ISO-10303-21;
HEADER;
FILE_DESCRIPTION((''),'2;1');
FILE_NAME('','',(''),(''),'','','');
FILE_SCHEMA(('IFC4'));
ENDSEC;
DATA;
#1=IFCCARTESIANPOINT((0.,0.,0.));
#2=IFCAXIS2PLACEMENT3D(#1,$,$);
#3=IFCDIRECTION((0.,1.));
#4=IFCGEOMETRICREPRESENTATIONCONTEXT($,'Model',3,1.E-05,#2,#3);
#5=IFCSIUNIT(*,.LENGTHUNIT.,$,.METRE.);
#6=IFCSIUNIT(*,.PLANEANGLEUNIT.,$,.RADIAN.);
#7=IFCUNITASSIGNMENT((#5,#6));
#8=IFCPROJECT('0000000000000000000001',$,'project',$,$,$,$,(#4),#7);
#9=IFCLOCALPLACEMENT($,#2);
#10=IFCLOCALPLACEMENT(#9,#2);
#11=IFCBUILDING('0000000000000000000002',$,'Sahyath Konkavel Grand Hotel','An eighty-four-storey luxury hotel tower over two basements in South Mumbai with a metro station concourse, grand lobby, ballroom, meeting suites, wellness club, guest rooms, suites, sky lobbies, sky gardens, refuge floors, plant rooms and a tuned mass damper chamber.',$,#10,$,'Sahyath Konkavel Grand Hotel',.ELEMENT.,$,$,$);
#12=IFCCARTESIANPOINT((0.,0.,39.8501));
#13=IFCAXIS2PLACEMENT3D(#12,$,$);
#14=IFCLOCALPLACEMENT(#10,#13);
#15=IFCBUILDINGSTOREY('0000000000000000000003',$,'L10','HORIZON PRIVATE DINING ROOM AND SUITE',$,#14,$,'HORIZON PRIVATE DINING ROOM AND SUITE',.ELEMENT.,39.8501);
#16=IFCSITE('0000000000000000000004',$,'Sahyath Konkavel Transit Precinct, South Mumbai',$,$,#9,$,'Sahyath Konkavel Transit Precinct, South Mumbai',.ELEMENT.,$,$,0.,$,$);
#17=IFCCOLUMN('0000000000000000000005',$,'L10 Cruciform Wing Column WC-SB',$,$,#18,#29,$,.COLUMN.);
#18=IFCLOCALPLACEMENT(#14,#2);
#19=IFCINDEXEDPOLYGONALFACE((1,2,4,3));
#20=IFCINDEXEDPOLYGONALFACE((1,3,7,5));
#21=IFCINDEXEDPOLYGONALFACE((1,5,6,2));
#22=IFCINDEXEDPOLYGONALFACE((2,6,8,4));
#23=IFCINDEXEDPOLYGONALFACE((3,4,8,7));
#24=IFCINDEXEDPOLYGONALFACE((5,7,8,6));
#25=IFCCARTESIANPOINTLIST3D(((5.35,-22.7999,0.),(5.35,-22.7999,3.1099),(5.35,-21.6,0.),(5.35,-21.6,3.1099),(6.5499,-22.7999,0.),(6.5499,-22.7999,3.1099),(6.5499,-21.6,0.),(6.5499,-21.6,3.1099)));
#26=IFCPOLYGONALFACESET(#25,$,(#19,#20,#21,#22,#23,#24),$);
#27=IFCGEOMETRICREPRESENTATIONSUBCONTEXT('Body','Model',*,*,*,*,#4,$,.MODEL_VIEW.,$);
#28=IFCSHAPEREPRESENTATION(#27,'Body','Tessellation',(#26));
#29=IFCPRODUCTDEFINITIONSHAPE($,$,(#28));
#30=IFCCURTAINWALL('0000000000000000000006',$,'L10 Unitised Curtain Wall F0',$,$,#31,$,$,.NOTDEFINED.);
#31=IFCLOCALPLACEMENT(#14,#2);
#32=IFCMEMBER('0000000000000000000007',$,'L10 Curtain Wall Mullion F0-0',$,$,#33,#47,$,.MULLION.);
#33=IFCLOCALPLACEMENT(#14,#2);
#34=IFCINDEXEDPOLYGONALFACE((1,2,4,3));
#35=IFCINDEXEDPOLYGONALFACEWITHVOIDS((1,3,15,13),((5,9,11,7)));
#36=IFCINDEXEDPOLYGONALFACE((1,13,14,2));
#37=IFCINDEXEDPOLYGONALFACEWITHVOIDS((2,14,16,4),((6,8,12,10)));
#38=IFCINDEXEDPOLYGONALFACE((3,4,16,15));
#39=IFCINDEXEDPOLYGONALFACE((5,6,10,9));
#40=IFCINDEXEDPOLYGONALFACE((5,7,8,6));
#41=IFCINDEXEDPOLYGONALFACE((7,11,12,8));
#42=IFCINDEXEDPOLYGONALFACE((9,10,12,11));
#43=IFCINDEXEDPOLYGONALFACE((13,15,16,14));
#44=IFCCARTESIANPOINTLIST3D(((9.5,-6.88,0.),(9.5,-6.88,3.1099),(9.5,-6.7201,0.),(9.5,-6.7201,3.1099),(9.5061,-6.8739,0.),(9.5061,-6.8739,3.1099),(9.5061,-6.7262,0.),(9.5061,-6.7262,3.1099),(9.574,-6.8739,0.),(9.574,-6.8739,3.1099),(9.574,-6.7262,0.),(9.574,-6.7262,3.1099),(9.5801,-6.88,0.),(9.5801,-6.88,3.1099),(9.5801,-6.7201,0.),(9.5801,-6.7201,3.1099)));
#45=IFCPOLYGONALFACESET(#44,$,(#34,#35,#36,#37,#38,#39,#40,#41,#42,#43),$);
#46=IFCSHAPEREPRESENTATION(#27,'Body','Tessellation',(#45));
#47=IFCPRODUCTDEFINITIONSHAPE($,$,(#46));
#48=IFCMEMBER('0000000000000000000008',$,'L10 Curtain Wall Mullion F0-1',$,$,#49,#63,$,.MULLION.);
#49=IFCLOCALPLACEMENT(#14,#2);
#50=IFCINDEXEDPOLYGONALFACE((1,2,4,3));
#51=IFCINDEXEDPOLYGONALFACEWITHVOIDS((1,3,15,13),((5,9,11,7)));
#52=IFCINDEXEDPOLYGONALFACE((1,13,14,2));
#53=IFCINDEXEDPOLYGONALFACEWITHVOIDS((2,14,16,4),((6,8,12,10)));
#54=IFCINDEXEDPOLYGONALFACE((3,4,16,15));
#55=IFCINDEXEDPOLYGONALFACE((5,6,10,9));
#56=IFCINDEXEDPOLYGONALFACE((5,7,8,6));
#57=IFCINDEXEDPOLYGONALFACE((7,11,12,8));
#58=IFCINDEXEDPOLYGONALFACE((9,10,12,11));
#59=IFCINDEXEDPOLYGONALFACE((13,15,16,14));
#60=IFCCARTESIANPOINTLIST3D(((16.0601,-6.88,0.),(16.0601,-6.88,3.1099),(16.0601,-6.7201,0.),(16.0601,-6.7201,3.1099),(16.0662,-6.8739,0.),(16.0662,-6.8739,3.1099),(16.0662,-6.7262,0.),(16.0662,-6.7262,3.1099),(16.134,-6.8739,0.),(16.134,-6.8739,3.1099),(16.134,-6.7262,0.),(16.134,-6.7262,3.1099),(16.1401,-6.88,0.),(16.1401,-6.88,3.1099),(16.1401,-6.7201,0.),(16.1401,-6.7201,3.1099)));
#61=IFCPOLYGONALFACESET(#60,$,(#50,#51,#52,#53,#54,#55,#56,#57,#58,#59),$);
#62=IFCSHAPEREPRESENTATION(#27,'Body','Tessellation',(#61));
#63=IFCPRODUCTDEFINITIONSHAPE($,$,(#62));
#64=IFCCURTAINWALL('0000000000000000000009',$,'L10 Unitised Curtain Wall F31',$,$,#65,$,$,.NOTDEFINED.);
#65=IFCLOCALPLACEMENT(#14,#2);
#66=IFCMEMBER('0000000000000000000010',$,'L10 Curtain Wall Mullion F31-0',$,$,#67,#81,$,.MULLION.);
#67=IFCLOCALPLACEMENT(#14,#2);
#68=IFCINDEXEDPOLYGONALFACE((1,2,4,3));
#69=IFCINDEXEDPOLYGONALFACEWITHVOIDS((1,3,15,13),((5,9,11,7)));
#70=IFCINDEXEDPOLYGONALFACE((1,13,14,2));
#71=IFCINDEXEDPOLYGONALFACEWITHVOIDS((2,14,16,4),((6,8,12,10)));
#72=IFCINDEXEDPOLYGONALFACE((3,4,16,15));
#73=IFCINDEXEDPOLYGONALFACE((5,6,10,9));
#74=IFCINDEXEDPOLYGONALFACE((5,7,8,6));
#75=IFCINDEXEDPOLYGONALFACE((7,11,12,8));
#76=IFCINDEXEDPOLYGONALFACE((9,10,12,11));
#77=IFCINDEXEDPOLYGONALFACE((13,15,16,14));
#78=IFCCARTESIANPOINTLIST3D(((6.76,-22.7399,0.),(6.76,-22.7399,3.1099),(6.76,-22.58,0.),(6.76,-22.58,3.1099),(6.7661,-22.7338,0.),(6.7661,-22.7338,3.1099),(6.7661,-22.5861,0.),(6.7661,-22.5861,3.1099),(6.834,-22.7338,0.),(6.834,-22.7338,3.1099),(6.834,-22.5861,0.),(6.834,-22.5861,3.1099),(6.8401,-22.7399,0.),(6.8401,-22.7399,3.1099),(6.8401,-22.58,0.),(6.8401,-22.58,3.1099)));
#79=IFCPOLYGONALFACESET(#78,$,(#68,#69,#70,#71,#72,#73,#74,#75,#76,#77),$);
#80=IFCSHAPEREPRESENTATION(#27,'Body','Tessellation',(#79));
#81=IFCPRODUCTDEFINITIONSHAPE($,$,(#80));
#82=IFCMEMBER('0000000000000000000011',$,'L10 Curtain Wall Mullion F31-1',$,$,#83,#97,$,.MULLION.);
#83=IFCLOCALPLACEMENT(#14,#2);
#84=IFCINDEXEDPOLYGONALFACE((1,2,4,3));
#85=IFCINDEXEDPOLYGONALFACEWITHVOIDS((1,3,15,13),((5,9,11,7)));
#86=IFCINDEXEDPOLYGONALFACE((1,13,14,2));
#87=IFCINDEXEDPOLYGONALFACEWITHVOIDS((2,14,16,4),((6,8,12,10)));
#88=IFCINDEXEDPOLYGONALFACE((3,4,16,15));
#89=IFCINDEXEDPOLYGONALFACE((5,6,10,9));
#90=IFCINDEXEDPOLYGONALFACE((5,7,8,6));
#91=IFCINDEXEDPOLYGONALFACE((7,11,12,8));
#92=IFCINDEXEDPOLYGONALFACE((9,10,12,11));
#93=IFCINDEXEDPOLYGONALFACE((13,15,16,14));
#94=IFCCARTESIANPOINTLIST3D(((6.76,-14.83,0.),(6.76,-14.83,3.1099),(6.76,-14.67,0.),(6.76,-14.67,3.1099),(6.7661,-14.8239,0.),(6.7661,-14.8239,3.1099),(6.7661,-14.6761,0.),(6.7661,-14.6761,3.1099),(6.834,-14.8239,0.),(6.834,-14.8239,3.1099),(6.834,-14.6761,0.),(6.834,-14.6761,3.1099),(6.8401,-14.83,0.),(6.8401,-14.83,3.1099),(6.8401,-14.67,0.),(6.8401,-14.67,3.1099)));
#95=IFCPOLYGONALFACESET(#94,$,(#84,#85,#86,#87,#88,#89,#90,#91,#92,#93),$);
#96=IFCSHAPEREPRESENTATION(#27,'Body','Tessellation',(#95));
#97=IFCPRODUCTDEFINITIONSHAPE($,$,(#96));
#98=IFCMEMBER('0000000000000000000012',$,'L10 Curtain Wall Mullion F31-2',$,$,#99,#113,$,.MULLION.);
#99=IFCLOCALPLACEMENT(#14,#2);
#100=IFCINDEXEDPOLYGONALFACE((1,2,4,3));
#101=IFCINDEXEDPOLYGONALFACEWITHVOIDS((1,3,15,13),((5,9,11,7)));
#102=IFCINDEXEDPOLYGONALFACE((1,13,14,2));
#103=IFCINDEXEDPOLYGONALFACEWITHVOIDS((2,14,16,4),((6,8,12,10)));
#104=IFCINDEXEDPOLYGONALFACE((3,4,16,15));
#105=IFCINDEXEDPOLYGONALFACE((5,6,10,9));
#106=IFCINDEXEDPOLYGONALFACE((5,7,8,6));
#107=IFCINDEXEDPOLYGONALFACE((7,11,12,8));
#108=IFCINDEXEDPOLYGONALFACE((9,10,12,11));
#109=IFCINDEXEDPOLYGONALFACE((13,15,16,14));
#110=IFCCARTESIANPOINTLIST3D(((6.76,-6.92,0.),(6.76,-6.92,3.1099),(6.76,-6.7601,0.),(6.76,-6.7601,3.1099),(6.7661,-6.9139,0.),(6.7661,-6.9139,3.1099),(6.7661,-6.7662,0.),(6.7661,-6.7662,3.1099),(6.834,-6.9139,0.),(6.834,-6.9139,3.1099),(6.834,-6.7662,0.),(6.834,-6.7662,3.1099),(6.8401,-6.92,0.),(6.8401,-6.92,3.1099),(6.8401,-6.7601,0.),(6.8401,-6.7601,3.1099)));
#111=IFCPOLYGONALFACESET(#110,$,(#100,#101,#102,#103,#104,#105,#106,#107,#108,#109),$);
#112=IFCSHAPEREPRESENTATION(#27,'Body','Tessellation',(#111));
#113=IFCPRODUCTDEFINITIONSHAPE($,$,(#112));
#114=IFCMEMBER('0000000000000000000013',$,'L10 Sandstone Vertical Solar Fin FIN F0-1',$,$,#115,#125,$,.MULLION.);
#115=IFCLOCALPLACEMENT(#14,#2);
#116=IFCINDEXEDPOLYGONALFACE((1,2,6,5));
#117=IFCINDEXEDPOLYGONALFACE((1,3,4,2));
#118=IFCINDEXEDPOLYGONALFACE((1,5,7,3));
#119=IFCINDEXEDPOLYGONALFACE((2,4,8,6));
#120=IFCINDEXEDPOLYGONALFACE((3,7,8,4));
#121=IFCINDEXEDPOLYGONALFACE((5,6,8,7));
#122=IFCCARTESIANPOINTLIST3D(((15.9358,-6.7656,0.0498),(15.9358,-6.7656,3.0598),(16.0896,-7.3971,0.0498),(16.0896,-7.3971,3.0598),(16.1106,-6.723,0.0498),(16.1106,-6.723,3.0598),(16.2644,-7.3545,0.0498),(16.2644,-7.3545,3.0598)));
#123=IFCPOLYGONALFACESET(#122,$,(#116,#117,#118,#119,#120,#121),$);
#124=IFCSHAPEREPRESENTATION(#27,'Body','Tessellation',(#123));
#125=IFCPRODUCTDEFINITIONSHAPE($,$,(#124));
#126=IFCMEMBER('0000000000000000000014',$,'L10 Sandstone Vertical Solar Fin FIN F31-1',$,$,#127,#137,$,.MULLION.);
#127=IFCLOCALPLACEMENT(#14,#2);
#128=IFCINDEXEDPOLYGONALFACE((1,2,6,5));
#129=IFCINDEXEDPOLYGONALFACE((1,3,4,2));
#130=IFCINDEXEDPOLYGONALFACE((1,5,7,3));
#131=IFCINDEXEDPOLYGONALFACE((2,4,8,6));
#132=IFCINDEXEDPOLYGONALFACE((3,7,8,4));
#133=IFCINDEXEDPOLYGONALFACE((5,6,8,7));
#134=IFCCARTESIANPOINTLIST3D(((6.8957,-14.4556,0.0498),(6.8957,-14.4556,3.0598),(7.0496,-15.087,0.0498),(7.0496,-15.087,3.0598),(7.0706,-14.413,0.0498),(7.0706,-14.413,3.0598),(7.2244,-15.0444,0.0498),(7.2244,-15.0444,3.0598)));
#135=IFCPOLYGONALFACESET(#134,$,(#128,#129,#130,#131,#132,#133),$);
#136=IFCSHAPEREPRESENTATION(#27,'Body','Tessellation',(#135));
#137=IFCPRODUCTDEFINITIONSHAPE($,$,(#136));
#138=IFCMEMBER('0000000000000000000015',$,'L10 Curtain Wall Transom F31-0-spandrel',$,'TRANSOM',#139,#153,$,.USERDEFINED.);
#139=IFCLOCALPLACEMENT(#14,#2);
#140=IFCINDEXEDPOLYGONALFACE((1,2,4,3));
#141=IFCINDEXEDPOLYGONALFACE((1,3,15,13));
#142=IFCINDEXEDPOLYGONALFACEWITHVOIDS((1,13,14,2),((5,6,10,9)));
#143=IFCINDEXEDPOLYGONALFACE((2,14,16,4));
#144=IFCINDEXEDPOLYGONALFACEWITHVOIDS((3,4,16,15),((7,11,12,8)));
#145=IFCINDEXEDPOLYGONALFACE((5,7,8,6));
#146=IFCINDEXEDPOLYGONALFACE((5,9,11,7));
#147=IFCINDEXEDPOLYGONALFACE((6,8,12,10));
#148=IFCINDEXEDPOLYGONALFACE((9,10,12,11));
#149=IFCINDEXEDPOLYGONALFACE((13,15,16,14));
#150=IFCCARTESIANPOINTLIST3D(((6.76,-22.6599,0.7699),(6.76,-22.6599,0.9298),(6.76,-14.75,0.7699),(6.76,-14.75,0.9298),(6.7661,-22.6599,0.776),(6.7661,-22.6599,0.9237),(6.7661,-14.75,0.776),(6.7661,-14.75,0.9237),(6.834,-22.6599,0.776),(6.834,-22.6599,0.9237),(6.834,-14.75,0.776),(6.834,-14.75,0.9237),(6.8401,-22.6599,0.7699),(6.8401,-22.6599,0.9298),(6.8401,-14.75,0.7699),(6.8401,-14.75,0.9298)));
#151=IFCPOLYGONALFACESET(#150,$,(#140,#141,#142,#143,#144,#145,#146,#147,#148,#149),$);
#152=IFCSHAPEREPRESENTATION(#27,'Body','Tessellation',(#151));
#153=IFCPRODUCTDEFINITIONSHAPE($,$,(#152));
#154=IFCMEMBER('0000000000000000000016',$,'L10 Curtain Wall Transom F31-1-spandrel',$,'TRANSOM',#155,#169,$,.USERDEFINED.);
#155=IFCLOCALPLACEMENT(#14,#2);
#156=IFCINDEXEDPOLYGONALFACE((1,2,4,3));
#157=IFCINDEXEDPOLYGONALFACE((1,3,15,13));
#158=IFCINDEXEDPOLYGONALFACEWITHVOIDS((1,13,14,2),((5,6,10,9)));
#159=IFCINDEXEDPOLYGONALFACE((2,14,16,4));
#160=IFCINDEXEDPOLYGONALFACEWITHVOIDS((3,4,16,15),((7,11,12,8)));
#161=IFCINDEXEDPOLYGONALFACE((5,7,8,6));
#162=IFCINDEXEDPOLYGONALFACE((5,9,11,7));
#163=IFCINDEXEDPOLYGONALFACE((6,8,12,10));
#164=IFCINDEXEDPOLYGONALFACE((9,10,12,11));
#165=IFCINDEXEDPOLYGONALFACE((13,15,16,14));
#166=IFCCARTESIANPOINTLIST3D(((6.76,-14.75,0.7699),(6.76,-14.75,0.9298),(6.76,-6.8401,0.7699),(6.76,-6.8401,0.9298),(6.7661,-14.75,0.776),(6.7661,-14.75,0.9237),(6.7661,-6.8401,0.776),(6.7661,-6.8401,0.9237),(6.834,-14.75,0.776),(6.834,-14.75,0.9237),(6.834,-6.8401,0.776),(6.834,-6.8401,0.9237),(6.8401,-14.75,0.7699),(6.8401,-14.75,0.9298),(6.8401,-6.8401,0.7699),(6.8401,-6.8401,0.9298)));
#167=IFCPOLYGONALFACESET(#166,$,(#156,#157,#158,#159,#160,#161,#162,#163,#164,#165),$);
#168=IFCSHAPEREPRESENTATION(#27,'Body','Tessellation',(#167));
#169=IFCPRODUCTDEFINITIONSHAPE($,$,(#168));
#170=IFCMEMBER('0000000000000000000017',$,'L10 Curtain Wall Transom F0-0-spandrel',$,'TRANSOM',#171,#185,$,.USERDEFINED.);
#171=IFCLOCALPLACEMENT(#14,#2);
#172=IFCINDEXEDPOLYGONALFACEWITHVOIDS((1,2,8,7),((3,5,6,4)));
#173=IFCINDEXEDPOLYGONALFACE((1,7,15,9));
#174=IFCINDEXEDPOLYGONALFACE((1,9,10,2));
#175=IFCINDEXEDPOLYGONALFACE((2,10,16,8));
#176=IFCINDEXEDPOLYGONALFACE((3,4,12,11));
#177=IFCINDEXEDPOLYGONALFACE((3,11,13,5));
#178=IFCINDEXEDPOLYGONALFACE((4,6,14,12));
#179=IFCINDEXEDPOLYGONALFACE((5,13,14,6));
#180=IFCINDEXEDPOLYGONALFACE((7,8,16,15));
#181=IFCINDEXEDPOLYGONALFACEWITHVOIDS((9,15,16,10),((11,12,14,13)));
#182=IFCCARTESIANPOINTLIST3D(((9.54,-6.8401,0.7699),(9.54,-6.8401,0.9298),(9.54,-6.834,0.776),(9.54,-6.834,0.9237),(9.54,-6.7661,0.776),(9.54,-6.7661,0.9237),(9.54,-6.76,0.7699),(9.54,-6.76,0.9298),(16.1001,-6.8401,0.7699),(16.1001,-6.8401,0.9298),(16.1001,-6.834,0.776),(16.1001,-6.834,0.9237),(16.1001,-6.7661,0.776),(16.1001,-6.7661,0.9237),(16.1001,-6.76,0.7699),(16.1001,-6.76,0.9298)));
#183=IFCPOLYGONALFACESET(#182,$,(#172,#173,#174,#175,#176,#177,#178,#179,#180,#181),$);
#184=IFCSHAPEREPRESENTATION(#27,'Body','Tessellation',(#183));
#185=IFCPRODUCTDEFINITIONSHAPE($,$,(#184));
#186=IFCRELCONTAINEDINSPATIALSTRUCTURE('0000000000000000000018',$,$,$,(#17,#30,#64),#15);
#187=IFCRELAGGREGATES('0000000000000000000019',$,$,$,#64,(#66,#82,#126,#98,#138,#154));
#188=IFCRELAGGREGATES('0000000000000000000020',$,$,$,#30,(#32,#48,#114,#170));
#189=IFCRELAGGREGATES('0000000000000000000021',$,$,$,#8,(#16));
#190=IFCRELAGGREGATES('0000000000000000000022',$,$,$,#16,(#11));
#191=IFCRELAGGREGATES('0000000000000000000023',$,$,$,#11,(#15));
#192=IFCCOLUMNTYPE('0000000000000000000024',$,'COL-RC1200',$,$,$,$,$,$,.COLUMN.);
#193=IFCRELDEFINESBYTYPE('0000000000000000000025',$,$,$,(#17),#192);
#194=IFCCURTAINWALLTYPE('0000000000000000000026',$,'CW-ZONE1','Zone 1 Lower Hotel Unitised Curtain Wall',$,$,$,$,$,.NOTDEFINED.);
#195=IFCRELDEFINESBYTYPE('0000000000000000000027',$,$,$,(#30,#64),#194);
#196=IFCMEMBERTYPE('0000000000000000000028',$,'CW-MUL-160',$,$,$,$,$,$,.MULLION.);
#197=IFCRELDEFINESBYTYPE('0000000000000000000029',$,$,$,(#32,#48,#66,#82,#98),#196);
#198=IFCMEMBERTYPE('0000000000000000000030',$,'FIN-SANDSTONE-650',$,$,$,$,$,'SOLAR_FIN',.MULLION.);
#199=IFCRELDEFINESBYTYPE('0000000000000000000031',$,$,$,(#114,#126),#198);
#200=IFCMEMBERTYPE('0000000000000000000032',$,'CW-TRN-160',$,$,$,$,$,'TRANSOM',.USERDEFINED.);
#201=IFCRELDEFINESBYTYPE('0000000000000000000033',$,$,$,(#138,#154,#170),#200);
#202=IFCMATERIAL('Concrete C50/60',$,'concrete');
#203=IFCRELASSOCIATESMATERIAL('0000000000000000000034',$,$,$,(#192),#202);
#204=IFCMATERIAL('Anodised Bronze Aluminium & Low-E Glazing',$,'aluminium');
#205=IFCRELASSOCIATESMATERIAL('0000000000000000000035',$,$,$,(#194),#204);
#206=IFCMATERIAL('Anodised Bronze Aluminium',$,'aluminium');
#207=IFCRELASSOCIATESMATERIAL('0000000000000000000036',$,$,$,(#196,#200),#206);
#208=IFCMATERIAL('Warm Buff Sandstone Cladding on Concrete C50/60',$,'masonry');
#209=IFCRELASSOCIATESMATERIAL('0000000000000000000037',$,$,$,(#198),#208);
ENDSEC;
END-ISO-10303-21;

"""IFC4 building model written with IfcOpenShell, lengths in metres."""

from ifc_helpers import new_model, si_unit, direction, frame, origin, origin_2d, place, context, subcontext, project, spatial, rectangle, hollow_rectangle, extrude, source, transform, mapped, material, material_profile, profile_set, type_object, element, aggregate, save


model = new_model("IFC4")

# Units and contexts
model_context = context("Model", 3, precision=1e-05, world=origin(), true_north=direction((0.0, 1.0)))
body_context = subcontext(model_context, "Body", "Model", "MODEL_VIEW")
ifc_project = project(units=[si_unit("LENGTHUNIT", "METRE"), si_unit("PLANEANGLEUNIT", "RADIAN")], contexts=[model_context])

# Site, building, storey
site_placement = place(None, origin())
site = spatial("IfcSite", under=ifc_project, at=site_placement, Name="Sahyath Konkavel Transit Precinct, South Mumbai", LongName="Sahyath Konkavel Transit Precinct, South Mumbai", CompositionType="ELEMENT", RefElevation=0.0)
building_placement = place(site_placement, origin())
building = spatial("IfcBuilding", under=site, at=building_placement, Name="Sahyath Konkavel Grand Hotel", Description="An eighty-four-storey luxury hotel tower over two basements in South Mumbai with a metro station concourse, grand lobby, ballroom, meeting suites, wellness club, guest rooms, suites, sky lobbies, sky gardens, refuge floors, plant rooms and a tuned mass damper chamber.", LongName="Sahyath Konkavel Grand Hotel", CompositionType="ELEMENT")
storey_placement = place(building_placement, frame((0.0, 0.0, 39.8501)))
storey = spatial("IfcBuildingStorey", under=building, at=storey_placement, Name="L10", Description="HORIZON PRIVATE DINING ROOM AND SUITE", LongName="HORIZON PRIVATE DINING ROOM AND SUITE", CompositionType="ELEMENT", Elevation=39.8501)

# Column
ifc_material_1 = material(Name="Concrete C50/60", Category="concrete")
ifc_material_profile_1 = material_profile(ifc_material_1, rectangle(XDim=1.2, YDim=1.2, at=origin_2d()), Name="RC 1200x1200")
ifc_profile_set_1 = profile_set([ifc_material_profile_1], Name="Concrete C50/60")
column_type = type_object("IfcColumnType", Name="COL-RC1200", PredefinedType="COLUMN", material=ifc_profile_set_1)
shared_shape_1 = source(origin(), body_context, "Body", "SweptSolid", [
    extrude(rectangle(XDim=1.2, YDim=1.2, at=origin_2d()), origin(), (0.0, 0.0, 1.0), 3.1099),
])
column_placement = place(storey_placement, frame((5.95, -22.2, 0.0), z_axis=(0.0, 0.0, 1.0), x_axis=(1.0, 0.0, 0.0)))
element("IfcColumn", 1, at=column_placement, inside=storey, type_object=column_type, Name="L10 Cruciform Wing Column WC-SB", PredefinedType="COLUMN", context=body_context, shape_type="MappedRepresentation", body=[
    mapped(shared_shape_1, transform((0.0, 0.0, 0.0), scale=1.0)),
])

# Curtain walls, members
ifc_material_2 = material(Name="Anodised Bronze Aluminium & Low-E Glazing", Category="aluminium")
curtain_wall_type = type_object("IfcCurtainWallType", Name="CW-ZONE1", Description="Zone 1 Lower Hotel Unitised Curtain Wall", PredefinedType="NOTDEFINED", material=ifc_material_2)
curtain_wall_1_placement = place(storey_placement, origin())
curtain_wall_1 = element("IfcCurtainWall", 2, at=curtain_wall_1_placement, inside=storey, type_object=curtain_wall_type, Name="L10 Unitised Curtain Wall F0", PredefinedType="NOTDEFINED")
ifc_material_3 = material(Name="Anodised Bronze Aluminium", Category="aluminium")
ifc_material_profile_2 = material_profile(ifc_material_3, hollow_rectangle(XDim=0.0801, YDim=0.1599, WallThickness=0.0061, at=origin_2d()), Name="RHS 160x80x6")
ifc_profile_set_2 = profile_set([ifc_material_profile_2], Name="Anodised Bronze Aluminium")
member_type_1 = type_object("IfcMemberType", Name="CW-MUL-160", PredefinedType="MULLION", material=ifc_profile_set_2)
shared_shape_2 = source(origin(), body_context, "Body", "SweptSolid", [
    extrude(hollow_rectangle(XDim=0.0801, YDim=0.1599, WallThickness=0.0061, at=origin_2d()), origin(), (0.0, 0.0, 1.0), 3.1099),
])
member_1_placement = place(storey_placement, frame((9.54, -6.8, 0.0), z_axis=(0.0, 0.0, 1.0), x_axis=(1.0, 0.0, 0.0)))
member_1 = element("IfcMember", 3, at=member_1_placement, type_object=member_type_1, Name="L10 Curtain Wall Mullion F0-0", PredefinedType="MULLION", context=body_context, shape_type="MappedRepresentation", body=[
    mapped(shared_shape_2, transform((0.0, 0.0, 0.0), scale=1.0)),
])
member_2_placement = place(storey_placement, frame((16.1001, -6.8, 0.0), z_axis=(0.0, 0.0, 1.0), x_axis=(1.0, 0.0, 0.0)))
member_2 = element("IfcMember", 4, at=member_2_placement, type_object=member_type_1, Name="L10 Curtain Wall Mullion F0-1", PredefinedType="MULLION", context=body_context, shape_type="MappedRepresentation", body=[
    mapped(shared_shape_2, transform((0.0, 0.0, 0.0), scale=1.0)),
])
curtain_wall_2_placement = place(storey_placement, origin())
curtain_wall_2 = element("IfcCurtainWall", 5, at=curtain_wall_2_placement, inside=storey, type_object=curtain_wall_type, Name="L10 Unitised Curtain Wall F31", PredefinedType="NOTDEFINED")
member_3_placement = place(storey_placement, frame((6.8, -22.6599, 0.0), z_axis=(0.0, 0.0, 1.0), x_axis=(1.0, 0.0, 0.0)))
member_3 = element("IfcMember", 6, at=member_3_placement, type_object=member_type_1, Name="L10 Curtain Wall Mullion F31-0", PredefinedType="MULLION", context=body_context, shape_type="MappedRepresentation", body=[
    mapped(shared_shape_2, transform((0.0, 0.0, 0.0), scale=1.0)),
])
member_4_placement = place(storey_placement, frame((6.8, -14.75, 0.0), z_axis=(0.0, 0.0, 1.0), x_axis=(1.0, 0.0, 0.0)))
member_4 = element("IfcMember", 7, at=member_4_placement, type_object=member_type_1, Name="L10 Curtain Wall Mullion F31-1", PredefinedType="MULLION", context=body_context, shape_type="MappedRepresentation", body=[
    mapped(shared_shape_2, transform((0.0, 0.0, 0.0), scale=1.0)),
])
member_5_placement = place(storey_placement, frame((6.8, -6.8401, 0.0), z_axis=(0.0, 0.0, 1.0), x_axis=(1.0, 0.0, 0.0)))
member_5 = element("IfcMember", 8, at=member_5_placement, type_object=member_type_1, Name="L10 Curtain Wall Mullion F31-2", PredefinedType="MULLION", context=body_context, shape_type="MappedRepresentation", body=[
    mapped(shared_shape_2, transform((0.0, 0.0, 0.0), scale=1.0)),
])

# Members
ifc_material_4 = material(Name="Warm Buff Sandstone Cladding on Concrete C50/60", Category="masonry")
ifc_material_profile_3 = material_profile(ifc_material_4, rectangle(XDim=0.1799, YDim=0.6499, at=origin_2d()), Name="FIN 180x650")
ifc_profile_set_3 = profile_set([ifc_material_profile_3], Name="Warm Buff Sandstone Cladding on Concrete C50/60")
member_type_2 = type_object("IfcMemberType", Name="FIN-SANDSTONE-650", ElementType="SOLAR_FIN", PredefinedType="MULLION", material=ifc_profile_set_3)
shared_shape_3 = source(origin(), body_context, "Body", "SweptSolid", [
    extrude(rectangle(XDim=0.1799, YDim=0.6499, at=origin_2d()), origin(), (0.0, 0.0, 1.0), 3.01),
])
member_6_placement = place(storey_placement, frame((16.1001, -7.0601, 0.0498), z_axis=(0.0, 0.0, 1.0), x_axis=(0.97159, 0.236669, 0.0)))
member_6 = element("IfcMember", 9, at=member_6_placement, type_object=member_type_2, Name="L10 Sandstone Vertical Solar Fin FIN F0-1", PredefinedType="MULLION", context=body_context, shape_type="MappedRepresentation", body=[
    mapped(shared_shape_3, transform((0.0, 0.0, 0.0), scale=1.0)),
])
member_7_placement = place(storey_placement, frame((7.0601, -14.75, 0.0498), z_axis=(0.0, 0.0, 1.0), x_axis=(0.97159, 0.236669, 0.0)))
member_7 = element("IfcMember", 10, at=member_7_placement, type_object=member_type_2, Name="L10 Sandstone Vertical Solar Fin FIN F31-1", PredefinedType="MULLION", context=body_context, shape_type="MappedRepresentation", body=[
    mapped(shared_shape_3, transform((0.0, 0.0, 0.0), scale=1.0)),
])
ifc_material_profile_4 = material_profile(ifc_material_3, hollow_rectangle(XDim=0.0801, YDim=0.1599, WallThickness=0.0061, at=origin_2d()), Name="RHS 160x80x6")
ifc_profile_set_4 = profile_set([ifc_material_profile_4], Name="Anodised Bronze Aluminium")
member_type_3 = type_object("IfcMemberType", Name="CW-TRN-160", ElementType="TRANSOM", PredefinedType="USERDEFINED", material=ifc_profile_set_4)
shared_shape_4 = source(origin(), body_context, "Body", "SweptSolid", [
    extrude(hollow_rectangle(XDim=0.0801, YDim=0.1599, WallThickness=0.0061, at=origin_2d()), origin(), (0.0, 0.0, 1.0), 7.9099),
])
member_8_placement = place(storey_placement, frame((6.8, -22.6599, 0.8499), z_axis=(0.0, 1.0, 0.0), x_axis=(-1.0, 0.0, 0.0)))
member_8 = element("IfcMember", 11, at=member_8_placement, type_object=member_type_3, Name="L10 Curtain Wall Transom F31-0-spandrel", ObjectType="TRANSOM", PredefinedType="USERDEFINED", context=body_context, shape_type="MappedRepresentation", body=[
    mapped(shared_shape_4, transform((0.0, 0.0, 0.0), scale=1.0)),
])
member_9_placement = place(storey_placement, frame((6.8, -14.75, 0.8499), z_axis=(0.0, 1.0, 0.0), x_axis=(-1.0, 0.0, 0.0)))
member_9 = element("IfcMember", 12, at=member_9_placement, type_object=member_type_3, Name="L10 Curtain Wall Transom F31-1-spandrel", ObjectType="TRANSOM", PredefinedType="USERDEFINED", context=body_context, shape_type="MappedRepresentation", body=[
    mapped(shared_shape_4, transform((0.0, 0.0, 0.0), scale=1.0)),
])
shared_shape_5 = source(origin(), body_context, "Body", "SweptSolid", [
    extrude(hollow_rectangle(XDim=0.0801, YDim=0.1599, WallThickness=0.0061, at=origin_2d()), origin(), (0.0, 0.0, 1.0), 6.5601),
])
member_10_placement = place(storey_placement, frame((9.54, -6.8, 0.8499), z_axis=(1.0, 0.0, 0.0), x_axis=(0.0, 1.0, 0.0)))
member_10 = element("IfcMember", 13, at=member_10_placement, type_object=member_type_3, Name="L10 Curtain Wall Transom F0-0-spandrel", ObjectType="TRANSOM", PredefinedType="USERDEFINED", context=body_context, shape_type="MappedRepresentation", body=[
    mapped(shared_shape_5, transform((0.0, 0.0, 0.0), scale=1.0)),
])

aggregate(curtain_wall_2, [member_3, member_4, member_7, member_5, member_8, member_9])
aggregate(curtain_wall_1, [member_1, member_2, member_6, member_10])

save(model, "model.ifc")
